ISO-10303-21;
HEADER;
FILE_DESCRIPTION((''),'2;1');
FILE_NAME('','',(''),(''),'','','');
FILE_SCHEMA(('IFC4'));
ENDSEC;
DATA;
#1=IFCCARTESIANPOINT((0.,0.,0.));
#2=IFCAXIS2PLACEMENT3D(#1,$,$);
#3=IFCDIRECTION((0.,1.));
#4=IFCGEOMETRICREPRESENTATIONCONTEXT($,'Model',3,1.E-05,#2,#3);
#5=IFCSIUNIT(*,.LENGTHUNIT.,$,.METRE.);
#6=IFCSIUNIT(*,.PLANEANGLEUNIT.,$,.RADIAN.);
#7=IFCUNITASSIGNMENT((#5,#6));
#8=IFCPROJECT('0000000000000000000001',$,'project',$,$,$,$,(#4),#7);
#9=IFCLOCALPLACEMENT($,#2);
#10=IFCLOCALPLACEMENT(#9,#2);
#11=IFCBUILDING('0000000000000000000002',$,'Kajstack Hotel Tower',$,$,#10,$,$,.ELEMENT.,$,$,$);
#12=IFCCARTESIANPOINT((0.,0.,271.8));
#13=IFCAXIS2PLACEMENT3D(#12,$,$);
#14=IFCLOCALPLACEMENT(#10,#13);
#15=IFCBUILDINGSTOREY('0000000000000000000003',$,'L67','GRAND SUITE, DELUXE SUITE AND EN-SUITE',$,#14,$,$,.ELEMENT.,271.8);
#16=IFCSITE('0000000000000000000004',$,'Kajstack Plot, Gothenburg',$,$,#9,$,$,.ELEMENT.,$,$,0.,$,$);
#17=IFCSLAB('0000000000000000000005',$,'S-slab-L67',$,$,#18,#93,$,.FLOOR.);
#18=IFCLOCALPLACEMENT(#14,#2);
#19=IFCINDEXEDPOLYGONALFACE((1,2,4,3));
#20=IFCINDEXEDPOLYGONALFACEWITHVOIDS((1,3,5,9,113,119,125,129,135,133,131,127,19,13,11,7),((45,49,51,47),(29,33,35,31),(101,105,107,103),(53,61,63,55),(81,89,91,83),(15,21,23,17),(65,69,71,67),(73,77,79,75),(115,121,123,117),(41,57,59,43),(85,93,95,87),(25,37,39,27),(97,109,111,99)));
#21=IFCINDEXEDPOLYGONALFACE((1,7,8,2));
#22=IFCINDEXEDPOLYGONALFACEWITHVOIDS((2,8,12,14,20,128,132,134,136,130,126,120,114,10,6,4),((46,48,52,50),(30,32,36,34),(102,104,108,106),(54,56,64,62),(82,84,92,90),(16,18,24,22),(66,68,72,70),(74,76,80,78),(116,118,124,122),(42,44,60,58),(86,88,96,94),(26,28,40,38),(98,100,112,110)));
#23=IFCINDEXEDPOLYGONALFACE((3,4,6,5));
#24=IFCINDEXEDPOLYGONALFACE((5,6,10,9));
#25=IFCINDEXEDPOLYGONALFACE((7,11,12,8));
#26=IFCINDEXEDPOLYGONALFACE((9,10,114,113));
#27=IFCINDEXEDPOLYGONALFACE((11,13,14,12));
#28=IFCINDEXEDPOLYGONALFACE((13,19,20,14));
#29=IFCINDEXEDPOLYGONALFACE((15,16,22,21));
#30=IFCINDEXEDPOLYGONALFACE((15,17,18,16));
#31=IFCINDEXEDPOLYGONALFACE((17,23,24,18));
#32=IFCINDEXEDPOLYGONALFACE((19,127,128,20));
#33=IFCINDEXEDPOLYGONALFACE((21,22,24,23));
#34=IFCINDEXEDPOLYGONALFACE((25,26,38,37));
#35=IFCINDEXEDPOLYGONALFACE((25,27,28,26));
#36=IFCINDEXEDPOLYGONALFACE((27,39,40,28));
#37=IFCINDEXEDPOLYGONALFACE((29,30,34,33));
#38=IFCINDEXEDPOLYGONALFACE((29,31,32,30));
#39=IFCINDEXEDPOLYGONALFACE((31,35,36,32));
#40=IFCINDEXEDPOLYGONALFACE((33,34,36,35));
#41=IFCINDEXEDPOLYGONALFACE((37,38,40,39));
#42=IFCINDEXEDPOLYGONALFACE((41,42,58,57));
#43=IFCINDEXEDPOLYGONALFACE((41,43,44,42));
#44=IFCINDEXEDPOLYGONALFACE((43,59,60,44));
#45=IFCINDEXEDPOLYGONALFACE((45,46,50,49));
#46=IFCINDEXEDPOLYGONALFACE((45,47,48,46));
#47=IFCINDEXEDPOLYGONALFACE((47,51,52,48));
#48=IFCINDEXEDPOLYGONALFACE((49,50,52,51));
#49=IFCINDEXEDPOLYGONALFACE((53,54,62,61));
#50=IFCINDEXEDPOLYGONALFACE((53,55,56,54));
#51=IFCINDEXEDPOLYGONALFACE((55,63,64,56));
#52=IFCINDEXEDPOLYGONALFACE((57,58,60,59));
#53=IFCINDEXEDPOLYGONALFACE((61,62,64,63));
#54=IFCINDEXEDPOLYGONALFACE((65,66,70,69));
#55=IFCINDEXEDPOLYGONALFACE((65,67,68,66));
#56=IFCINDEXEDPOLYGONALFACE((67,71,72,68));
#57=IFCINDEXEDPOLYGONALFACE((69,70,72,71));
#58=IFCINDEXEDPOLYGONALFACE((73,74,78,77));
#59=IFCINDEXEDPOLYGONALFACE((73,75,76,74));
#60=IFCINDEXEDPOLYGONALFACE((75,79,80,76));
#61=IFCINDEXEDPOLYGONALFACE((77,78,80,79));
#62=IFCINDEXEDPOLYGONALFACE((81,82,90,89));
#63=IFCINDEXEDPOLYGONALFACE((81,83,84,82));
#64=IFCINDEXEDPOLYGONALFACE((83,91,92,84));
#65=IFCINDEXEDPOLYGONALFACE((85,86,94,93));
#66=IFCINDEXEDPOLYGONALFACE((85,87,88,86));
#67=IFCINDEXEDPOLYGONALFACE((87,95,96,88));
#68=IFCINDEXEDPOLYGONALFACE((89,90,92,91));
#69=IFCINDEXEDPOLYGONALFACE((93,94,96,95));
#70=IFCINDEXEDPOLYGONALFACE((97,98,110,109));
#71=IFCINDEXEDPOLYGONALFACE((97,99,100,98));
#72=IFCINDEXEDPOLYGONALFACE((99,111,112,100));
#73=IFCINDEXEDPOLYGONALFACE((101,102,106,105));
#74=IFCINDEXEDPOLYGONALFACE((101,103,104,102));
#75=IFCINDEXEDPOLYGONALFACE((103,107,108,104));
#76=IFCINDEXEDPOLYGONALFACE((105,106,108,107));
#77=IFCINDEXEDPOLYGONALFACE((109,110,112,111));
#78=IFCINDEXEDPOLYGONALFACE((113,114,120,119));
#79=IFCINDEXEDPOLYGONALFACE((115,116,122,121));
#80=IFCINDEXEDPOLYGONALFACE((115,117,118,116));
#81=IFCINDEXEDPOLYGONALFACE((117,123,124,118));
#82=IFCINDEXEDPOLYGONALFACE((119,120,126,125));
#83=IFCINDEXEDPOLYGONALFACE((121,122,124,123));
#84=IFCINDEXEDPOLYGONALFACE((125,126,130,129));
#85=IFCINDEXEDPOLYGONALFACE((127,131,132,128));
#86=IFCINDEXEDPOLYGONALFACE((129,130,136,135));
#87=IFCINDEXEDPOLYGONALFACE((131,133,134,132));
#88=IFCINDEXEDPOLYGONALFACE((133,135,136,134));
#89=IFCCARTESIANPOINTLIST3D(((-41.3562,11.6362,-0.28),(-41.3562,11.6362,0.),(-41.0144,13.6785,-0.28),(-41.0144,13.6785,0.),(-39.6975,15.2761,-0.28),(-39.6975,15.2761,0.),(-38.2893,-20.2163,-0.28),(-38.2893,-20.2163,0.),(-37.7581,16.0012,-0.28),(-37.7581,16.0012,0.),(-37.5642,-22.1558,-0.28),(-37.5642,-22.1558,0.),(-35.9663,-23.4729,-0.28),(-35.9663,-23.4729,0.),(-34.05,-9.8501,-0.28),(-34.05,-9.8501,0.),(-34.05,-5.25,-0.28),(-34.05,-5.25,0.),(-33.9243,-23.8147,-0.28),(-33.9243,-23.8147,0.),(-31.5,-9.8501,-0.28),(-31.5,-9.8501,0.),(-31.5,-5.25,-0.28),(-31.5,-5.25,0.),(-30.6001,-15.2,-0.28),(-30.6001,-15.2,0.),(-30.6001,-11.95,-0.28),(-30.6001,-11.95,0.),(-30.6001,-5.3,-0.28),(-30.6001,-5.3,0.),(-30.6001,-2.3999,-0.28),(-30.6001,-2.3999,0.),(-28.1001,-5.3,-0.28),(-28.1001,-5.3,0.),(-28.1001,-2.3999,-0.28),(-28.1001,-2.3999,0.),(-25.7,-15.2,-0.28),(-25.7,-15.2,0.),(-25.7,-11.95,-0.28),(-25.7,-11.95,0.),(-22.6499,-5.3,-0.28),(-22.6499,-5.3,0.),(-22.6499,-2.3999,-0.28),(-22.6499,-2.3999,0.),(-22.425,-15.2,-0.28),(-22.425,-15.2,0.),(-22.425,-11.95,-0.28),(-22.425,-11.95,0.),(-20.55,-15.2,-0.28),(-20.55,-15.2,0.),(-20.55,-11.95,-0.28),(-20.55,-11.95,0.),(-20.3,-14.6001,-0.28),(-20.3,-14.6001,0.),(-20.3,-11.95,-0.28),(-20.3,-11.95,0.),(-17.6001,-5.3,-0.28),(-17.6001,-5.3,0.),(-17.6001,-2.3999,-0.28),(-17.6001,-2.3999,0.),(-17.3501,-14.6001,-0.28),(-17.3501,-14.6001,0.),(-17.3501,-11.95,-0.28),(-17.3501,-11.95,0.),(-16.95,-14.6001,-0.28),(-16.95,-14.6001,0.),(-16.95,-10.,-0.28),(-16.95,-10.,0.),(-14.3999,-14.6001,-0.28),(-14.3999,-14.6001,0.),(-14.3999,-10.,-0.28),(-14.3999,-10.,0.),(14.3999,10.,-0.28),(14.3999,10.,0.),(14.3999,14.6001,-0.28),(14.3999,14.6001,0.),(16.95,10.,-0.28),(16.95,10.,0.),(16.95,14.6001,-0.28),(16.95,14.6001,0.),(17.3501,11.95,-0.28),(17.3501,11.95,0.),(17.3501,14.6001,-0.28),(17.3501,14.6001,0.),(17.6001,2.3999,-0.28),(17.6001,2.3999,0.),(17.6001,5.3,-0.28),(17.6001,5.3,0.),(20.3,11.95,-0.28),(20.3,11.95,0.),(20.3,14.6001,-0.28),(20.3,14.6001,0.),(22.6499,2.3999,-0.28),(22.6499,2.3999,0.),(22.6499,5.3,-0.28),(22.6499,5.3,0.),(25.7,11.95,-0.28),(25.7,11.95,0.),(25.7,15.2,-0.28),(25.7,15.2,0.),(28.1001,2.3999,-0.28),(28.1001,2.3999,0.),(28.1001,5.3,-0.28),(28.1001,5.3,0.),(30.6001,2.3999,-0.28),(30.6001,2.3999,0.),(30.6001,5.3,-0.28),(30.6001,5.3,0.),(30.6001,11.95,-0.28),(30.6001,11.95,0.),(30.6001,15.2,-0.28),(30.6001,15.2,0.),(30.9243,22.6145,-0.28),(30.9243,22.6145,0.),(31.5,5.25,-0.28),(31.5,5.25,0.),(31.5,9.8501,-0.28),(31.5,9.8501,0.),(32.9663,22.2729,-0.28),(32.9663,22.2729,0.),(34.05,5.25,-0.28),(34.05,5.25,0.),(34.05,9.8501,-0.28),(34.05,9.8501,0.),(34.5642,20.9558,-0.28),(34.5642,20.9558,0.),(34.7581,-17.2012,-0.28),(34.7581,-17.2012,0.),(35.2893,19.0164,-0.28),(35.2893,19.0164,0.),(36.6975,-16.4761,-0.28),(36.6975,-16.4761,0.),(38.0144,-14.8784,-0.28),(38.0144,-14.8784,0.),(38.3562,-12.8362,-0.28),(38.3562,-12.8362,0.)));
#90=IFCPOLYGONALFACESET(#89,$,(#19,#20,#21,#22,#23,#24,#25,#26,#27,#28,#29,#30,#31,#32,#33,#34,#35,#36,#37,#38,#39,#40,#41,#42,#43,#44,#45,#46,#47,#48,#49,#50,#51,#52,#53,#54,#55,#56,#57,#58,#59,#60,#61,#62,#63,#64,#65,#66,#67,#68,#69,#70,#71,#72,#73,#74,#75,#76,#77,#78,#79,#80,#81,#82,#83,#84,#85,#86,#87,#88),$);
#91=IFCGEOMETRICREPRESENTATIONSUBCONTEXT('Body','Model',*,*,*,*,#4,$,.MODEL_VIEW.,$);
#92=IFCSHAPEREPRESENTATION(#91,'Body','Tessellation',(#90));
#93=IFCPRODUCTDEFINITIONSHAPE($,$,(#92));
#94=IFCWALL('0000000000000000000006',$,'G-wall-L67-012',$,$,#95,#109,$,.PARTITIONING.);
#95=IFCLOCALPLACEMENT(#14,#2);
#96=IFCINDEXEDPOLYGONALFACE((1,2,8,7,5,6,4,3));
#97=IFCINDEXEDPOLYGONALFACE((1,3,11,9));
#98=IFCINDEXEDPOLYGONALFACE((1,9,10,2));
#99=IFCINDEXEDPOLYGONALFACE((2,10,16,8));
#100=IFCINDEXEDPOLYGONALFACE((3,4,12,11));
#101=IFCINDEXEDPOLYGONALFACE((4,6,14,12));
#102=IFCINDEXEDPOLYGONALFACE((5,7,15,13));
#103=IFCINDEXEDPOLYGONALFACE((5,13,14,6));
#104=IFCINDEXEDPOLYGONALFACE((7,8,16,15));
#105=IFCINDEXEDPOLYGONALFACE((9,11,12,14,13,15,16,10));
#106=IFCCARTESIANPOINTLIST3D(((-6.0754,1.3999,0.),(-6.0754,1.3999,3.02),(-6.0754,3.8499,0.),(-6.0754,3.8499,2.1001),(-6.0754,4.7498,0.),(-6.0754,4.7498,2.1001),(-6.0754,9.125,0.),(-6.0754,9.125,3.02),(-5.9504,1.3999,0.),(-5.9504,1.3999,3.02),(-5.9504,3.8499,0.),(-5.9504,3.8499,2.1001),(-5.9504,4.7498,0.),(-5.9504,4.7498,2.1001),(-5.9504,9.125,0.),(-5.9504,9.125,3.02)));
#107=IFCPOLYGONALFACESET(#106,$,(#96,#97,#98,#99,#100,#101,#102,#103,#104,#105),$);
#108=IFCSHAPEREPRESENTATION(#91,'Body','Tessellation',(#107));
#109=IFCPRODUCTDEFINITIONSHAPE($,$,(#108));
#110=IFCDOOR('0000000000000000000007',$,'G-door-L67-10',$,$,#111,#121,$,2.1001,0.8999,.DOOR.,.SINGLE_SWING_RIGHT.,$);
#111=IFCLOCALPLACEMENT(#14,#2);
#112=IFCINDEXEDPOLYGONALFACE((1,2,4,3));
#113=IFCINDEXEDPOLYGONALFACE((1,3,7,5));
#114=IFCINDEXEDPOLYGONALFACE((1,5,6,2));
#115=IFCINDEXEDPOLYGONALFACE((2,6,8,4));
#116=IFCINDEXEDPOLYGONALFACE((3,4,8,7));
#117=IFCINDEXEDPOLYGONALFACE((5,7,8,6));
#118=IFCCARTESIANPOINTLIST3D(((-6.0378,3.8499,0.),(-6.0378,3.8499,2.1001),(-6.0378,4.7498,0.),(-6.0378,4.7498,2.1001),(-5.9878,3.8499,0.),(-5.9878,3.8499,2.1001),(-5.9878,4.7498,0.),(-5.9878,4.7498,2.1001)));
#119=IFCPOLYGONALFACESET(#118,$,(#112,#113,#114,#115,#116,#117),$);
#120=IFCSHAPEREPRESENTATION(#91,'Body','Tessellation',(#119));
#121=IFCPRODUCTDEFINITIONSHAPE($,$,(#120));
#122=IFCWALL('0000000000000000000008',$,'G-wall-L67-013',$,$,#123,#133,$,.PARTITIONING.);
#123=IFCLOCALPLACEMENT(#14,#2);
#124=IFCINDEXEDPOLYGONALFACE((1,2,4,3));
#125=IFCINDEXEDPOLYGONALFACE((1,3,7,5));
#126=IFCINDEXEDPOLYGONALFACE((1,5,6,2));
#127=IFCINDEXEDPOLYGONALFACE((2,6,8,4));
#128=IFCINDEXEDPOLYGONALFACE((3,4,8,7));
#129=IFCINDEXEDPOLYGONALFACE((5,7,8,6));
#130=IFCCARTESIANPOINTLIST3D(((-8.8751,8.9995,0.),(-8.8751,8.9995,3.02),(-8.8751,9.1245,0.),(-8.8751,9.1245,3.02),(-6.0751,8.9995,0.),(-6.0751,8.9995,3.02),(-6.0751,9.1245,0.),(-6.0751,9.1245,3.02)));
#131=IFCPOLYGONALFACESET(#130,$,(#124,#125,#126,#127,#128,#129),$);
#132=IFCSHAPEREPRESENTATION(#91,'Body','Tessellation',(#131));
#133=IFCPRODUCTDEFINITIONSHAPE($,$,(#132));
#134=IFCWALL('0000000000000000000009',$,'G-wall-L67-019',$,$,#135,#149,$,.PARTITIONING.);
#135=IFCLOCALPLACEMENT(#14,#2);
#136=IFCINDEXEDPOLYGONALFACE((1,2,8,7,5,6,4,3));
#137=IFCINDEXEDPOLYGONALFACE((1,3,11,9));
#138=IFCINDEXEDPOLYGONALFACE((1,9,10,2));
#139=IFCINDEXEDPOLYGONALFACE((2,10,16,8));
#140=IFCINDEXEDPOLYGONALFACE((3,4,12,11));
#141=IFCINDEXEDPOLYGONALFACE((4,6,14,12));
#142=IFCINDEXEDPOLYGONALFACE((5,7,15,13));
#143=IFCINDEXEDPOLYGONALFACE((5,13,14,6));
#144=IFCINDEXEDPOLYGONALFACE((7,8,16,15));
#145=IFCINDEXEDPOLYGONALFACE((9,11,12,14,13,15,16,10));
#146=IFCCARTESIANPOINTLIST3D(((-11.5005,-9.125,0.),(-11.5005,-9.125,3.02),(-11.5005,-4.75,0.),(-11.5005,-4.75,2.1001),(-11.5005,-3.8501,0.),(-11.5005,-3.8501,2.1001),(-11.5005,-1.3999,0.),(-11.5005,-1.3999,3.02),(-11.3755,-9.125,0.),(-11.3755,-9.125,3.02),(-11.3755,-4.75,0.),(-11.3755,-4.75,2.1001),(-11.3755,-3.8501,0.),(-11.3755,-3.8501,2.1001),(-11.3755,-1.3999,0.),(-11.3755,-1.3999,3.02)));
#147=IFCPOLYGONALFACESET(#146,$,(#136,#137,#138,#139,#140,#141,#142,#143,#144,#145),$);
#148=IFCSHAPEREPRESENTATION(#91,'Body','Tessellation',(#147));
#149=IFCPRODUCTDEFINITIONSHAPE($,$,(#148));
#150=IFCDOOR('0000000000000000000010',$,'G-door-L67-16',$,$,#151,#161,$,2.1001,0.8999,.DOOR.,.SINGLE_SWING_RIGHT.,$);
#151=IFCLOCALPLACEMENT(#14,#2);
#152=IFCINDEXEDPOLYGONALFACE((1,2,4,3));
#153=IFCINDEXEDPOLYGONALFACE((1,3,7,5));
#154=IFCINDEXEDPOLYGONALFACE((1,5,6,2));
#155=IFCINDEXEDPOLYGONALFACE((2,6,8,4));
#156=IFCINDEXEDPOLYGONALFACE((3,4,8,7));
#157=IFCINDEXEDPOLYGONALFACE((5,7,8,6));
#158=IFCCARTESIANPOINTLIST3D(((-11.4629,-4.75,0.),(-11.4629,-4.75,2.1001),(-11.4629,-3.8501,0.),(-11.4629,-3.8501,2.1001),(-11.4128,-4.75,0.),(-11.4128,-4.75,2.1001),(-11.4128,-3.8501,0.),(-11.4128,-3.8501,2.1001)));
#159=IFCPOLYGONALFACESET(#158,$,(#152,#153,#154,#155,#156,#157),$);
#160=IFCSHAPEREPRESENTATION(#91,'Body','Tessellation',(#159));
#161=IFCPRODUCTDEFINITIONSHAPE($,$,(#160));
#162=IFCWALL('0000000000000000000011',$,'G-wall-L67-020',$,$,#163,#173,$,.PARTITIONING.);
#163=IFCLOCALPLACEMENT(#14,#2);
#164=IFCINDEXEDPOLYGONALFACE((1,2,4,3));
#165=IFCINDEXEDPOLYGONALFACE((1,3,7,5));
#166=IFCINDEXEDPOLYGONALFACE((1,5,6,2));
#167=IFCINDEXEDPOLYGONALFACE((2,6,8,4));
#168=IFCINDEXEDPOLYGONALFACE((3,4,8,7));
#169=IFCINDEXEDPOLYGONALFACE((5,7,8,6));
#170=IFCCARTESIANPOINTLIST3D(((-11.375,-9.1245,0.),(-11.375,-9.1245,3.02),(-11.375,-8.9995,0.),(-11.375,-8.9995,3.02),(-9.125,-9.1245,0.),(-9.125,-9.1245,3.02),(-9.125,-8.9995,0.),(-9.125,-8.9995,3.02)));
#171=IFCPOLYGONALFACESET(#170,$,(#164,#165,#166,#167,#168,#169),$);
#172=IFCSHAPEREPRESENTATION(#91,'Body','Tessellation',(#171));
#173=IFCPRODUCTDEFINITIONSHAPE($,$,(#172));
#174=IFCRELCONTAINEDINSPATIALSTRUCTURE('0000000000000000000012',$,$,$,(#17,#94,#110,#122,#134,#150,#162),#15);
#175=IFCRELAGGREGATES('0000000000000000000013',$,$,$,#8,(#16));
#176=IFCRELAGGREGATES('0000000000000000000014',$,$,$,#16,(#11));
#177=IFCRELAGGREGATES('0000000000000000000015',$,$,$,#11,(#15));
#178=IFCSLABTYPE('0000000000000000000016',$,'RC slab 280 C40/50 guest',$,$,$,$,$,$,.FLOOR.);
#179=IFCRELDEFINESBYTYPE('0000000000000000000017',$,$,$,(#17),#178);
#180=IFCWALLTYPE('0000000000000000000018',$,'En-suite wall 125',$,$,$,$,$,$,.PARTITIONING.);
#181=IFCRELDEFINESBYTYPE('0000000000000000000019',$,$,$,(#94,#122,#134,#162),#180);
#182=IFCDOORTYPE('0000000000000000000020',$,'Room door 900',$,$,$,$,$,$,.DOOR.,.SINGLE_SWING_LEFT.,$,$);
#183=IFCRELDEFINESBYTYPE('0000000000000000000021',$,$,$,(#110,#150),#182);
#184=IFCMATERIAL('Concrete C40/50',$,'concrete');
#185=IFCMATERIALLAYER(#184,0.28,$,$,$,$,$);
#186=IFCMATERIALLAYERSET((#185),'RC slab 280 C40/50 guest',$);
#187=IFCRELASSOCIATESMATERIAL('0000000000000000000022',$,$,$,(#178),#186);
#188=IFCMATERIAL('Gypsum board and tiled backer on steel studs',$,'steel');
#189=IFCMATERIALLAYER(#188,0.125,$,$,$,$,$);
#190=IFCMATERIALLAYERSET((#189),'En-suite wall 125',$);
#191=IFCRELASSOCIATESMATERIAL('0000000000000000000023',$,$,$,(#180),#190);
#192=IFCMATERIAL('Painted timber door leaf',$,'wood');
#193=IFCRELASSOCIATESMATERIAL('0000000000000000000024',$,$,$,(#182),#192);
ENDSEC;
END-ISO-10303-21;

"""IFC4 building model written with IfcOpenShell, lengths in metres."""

from ifc_helpers import new_model, si_unit, direction, frame, frame_2d, origin, place, context, subcontext, project, spatial, polyline, rectangle, outline, extrude, material, layer, layer_set, type_object, element, fill, save


model = new_model("IFC4")

# Units and contexts
model_context = context("Model", 3, precision=1e-05, world=origin(), true_north=direction((0.0, 1.0)))
body_context = subcontext(model_context, "Body", "Model", "MODEL_VIEW")
ifc_project = project(units=[si_unit("LENGTHUNIT", "METRE"), si_unit("PLANEANGLEUNIT", "RADIAN")], contexts=[model_context])

# Site, building, storey
site_placement = place(None, origin())
site = spatial("IfcSite", under=ifc_project, at=site_placement, Name="Kajstack Plot, Gothenburg", CompositionType="ELEMENT", RefElevation=0.0)
building_placement = place(site_placement, origin())
building = spatial("IfcBuilding", under=site, at=building_placement, Name="Kajstack Hotel Tower", CompositionType="ELEMENT")
storey_placement = place(building_placement, frame((0.0, 0.0, 271.8)))
storey = spatial("IfcBuildingStorey", under=building, at=storey_placement, Name="L67", Description="GRAND SUITE, DELUXE SUITE AND EN-SUITE", CompositionType="ELEMENT", Elevation=271.8)

# Slab
ifc_material_1 = material(Name="Concrete C40/50", Category="concrete")
ifc_layer_1 = layer(ifc_material_1, 0.28)
ifc_layer_set_1 = layer_set([ifc_layer_1], Name="RC slab 280 C40/50 guest")
slab_type = type_object("IfcSlabType", Name="RC slab 280 C40/50 guest", PredefinedType="FLOOR", material=ifc_layer_set_1)
slab_placement = place(storey_placement, frame((0.0, 0.0, -0.28)))
element("IfcSlab", 1, at=slab_placement, inside=storey, type_object=slab_type, Name="S-slab-L67", PredefinedType="FLOOR", context=body_context, shape_type="SweptSolid", body=[
    extrude(outline(polyline([(-41.3562, 11.6362), (-38.2893, -20.2163), (-37.5642, -22.1558), (-35.9663, -23.4729), (-33.9243, -23.8147), (34.7581, -17.2012), (36.6975, -16.4761), (38.0144, -14.8784), (38.3562, -12.8362), (35.2893, 19.0164), (34.5642, 20.9558), (32.9663, 22.2729), (30.9243, 22.6145), (-37.7581, 16.0012), (-39.6975, 15.2761), (-41.0144, 13.6785), (-41.3562, 11.6362)]), holes=[polyline([(-22.6499, -5.3), (-22.6499, -2.3999), (-17.6001, -2.3999), (-17.6001, -5.3), (-22.6499, -5.3)]), polyline([(-20.3, -14.6001), (-17.3501, -14.6001), (-17.3501, -11.95), (-20.3, -11.95), (-20.3, -14.6001)]), polyline([(-30.6001, -5.3), (-28.1001, -5.3), (-28.1001, -2.3999), (-30.6001, -2.3999), (-30.6001, -5.3)]), polyline([(17.6001, 2.3999), (17.6001, 5.3), (22.6499, 5.3), (22.6499, 2.3999), (17.6001, 2.3999)]), polyline([(20.3, 14.6001), (17.3501, 14.6001), (17.3501, 11.95), (20.3, 11.95), (20.3, 14.6001)]), polyline([(30.6001, 5.3), (28.1001, 5.3), (28.1001, 2.3999), (30.6001, 2.3999), (30.6001, 5.3)]), polyline([(-34.05, -9.8501), (-31.5, -9.8501), (-31.5, -5.25), (-34.05, -5.25), (-34.05, -9.8501)]), polyline([(-16.95, -14.6001), (-14.3999, -14.6001), (-14.3999, -10.0), (-16.95, -10.0), (-16.95, -14.6001)]), polyline([(-30.6001, -15.2), (-25.7, -15.2), (-25.7, -11.95), (-30.6001, -11.95), (-30.6001, -15.2)]), polyline([(34.05, 9.8501), (31.5, 9.8501), (31.5, 5.25), (34.05, 5.25), (34.05, 9.8501)]), polyline([(16.95, 14.6001), (14.3999, 14.6001), (14.3999, 10.0), (16.95, 10.0), (16.95, 14.6001)]), polyline([(30.6001, 15.2), (25.7, 15.2), (25.7, 11.95), (30.6001, 11.95), (30.6001, 15.2)]), polyline([(-22.425, -15.2), (-22.425, -11.95), (-20.55, -11.95), (-20.55, -15.2), (-22.425, -15.2)])]), origin(), (0.0, 0.0, 1.0), 0.28),
])

# Wall, opening, door
ifc_material_2 = material(Name="Gypsum board and tiled backer on steel studs", Category="steel")
ifc_layer_2 = layer(ifc_material_2, 0.125)
ifc_layer_set_2 = layer_set([ifc_layer_2], Name="En-suite wall 125")
wall_type_1 = type_object("IfcWallType", Name="En-suite wall 125", PredefinedType="PARTITIONING", material=ifc_layer_set_2)
wall_1_placement = place(storey_placement, frame((-6.0129, 1.3999, 0.0), z_axis=(0.0, 0.0, 1.0), x_axis=(0.0, 1.0, 0.0)))
wall_1 = element("IfcWall", 2, at=wall_1_placement, inside=storey, type_object=wall_type_1, Name="G-wall-L67-012", PredefinedType="PARTITIONING", context=body_context, shape_type="SweptSolid", body=[
    extrude(rectangle(XDim=7.7251, YDim=0.125, at=frame_2d((3.8625, 0.0))), origin(), (0.0, 0.0, 1.0), 3.02),
])
opening_1_placement = place(wall_1_placement, frame((2.45, 0.0, 0.0)))
opening_1 = element("IfcOpeningElement", 3, at=opening_1_placement, cuts=wall_1, PredefinedType="OPENING", context=body_context, shape_type="SweptSolid", body=[
    extrude(rectangle(XDim=0.8999, YDim=2.1001, at=frame_2d((0.45, 1.05))), frame((0.0, 0.0725, 0.0), z_axis=(0.0, -1.0, 0.0), x_axis=(1.0, 0.0, 0.0)), (0.0, 0.0, 1.0), 0.145),
])
ifc_material_3 = material(Name="Painted timber door leaf", Category="wood")
door_type = type_object("IfcDoorType", Name="Room door 900", OperationType="SINGLE_SWING_LEFT", PredefinedType="DOOR", material=ifc_material_3)
door_1_placement = place(opening_1_placement, origin())
door_1 = element("IfcDoor", 4, at=door_1_placement, inside=storey, type_object=door_type, Name="G-door-L67-10", OperationType="SINGLE_SWING_RIGHT", OverallHeight=2.1001, OverallWidth=0.8999, PredefinedType="DOOR", context=body_context, shape_type="SweptSolid", body=[
    extrude(rectangle(XDim=0.8999, YDim=2.1001, at=frame_2d((0.45, 1.05))), frame((0.0, 0.0249, 0.0), z_axis=(0.0, -1.0, 0.0), x_axis=(1.0, 0.0, 0.0)), (0.0, 0.0, 1.0), 0.05),
])
fill(opening_1, door_1)

# Wall
wall_2_placement = place(storey_placement, frame((-8.875, 9.062, 0.0), z_axis=(0.0, 0.0, 1.0), x_axis=(1.0, 0.0, 0.0)))
element("IfcWall", 5, at=wall_2_placement, inside=storey, type_object=wall_type_1, Name="G-wall-L67-013", PredefinedType="PARTITIONING", context=body_context, shape_type="SweptSolid", body=[
    extrude(rectangle(XDim=2.8, YDim=0.125, at=frame_2d((1.3999, 0.0))), origin(), (0.0, 0.0, 1.0), 3.02),
])

# Wall, opening, door
wall_3_placement = place(storey_placement, frame((-11.438, -9.125, 0.0), z_axis=(0.0, 0.0, 1.0), x_axis=(0.0, 1.0, 0.0)))
wall_3 = element("IfcWall", 6, at=wall_3_placement, inside=storey, type_object=wall_type_1, Name="G-wall-L67-019", PredefinedType="PARTITIONING", context=body_context, shape_type="SweptSolid", body=[
    extrude(rectangle(XDim=7.7251, YDim=0.125, at=frame_2d((3.8625, 0.0))), origin(), (0.0, 0.0, 1.0), 3.02),
])
opening_2_placement = place(wall_3_placement, frame((4.375, 0.0, 0.0)))
opening_2 = element("IfcOpeningElement", 7, at=opening_2_placement, cuts=wall_3, PredefinedType="OPENING", context=body_context, shape_type="SweptSolid", body=[
    extrude(rectangle(XDim=0.8999, YDim=2.1001, at=frame_2d((0.45, 1.05))), frame((0.0, 0.0725, 0.0), z_axis=(0.0, -1.0, 0.0), x_axis=(1.0, 0.0, 0.0)), (0.0, 0.0, 1.0), 0.145),
])
door_2_placement = place(opening_2_placement, origin())
door_2 = element("IfcDoor", 8, at=door_2_placement, inside=storey, type_object=door_type, Name="G-door-L67-16", OperationType="SINGLE_SWING_RIGHT", OverallHeight=2.1001, OverallWidth=0.8999, PredefinedType="DOOR", context=body_context, shape_type="SweptSolid", body=[
    extrude(rectangle(XDim=0.8999, YDim=2.1001, at=frame_2d((0.45, 1.05))), frame((0.0, 0.0249, 0.0), z_axis=(0.0, -1.0, 0.0), x_axis=(1.0, 0.0, 0.0)), (0.0, 0.0, 1.0), 0.05),
])
fill(opening_2, door_2)

# Wall
wall_4_placement = place(storey_placement, frame((-11.375, -9.062, 0.0), z_axis=(0.0, 0.0, 1.0), x_axis=(1.0, 0.0, 0.0)))
element("IfcWall", 9, at=wall_4_placement, inside=storey, type_object=wall_type_1, Name="G-wall-L67-020", PredefinedType="PARTITIONING", context=body_context, shape_type="SweptSolid", body=[
    extrude(rectangle(XDim=2.25, YDim=0.125, at=frame_2d((1.125, 0.0))), origin(), (0.0, 0.0, 1.0), 3.02),
])

save(model, "model.ifc")
